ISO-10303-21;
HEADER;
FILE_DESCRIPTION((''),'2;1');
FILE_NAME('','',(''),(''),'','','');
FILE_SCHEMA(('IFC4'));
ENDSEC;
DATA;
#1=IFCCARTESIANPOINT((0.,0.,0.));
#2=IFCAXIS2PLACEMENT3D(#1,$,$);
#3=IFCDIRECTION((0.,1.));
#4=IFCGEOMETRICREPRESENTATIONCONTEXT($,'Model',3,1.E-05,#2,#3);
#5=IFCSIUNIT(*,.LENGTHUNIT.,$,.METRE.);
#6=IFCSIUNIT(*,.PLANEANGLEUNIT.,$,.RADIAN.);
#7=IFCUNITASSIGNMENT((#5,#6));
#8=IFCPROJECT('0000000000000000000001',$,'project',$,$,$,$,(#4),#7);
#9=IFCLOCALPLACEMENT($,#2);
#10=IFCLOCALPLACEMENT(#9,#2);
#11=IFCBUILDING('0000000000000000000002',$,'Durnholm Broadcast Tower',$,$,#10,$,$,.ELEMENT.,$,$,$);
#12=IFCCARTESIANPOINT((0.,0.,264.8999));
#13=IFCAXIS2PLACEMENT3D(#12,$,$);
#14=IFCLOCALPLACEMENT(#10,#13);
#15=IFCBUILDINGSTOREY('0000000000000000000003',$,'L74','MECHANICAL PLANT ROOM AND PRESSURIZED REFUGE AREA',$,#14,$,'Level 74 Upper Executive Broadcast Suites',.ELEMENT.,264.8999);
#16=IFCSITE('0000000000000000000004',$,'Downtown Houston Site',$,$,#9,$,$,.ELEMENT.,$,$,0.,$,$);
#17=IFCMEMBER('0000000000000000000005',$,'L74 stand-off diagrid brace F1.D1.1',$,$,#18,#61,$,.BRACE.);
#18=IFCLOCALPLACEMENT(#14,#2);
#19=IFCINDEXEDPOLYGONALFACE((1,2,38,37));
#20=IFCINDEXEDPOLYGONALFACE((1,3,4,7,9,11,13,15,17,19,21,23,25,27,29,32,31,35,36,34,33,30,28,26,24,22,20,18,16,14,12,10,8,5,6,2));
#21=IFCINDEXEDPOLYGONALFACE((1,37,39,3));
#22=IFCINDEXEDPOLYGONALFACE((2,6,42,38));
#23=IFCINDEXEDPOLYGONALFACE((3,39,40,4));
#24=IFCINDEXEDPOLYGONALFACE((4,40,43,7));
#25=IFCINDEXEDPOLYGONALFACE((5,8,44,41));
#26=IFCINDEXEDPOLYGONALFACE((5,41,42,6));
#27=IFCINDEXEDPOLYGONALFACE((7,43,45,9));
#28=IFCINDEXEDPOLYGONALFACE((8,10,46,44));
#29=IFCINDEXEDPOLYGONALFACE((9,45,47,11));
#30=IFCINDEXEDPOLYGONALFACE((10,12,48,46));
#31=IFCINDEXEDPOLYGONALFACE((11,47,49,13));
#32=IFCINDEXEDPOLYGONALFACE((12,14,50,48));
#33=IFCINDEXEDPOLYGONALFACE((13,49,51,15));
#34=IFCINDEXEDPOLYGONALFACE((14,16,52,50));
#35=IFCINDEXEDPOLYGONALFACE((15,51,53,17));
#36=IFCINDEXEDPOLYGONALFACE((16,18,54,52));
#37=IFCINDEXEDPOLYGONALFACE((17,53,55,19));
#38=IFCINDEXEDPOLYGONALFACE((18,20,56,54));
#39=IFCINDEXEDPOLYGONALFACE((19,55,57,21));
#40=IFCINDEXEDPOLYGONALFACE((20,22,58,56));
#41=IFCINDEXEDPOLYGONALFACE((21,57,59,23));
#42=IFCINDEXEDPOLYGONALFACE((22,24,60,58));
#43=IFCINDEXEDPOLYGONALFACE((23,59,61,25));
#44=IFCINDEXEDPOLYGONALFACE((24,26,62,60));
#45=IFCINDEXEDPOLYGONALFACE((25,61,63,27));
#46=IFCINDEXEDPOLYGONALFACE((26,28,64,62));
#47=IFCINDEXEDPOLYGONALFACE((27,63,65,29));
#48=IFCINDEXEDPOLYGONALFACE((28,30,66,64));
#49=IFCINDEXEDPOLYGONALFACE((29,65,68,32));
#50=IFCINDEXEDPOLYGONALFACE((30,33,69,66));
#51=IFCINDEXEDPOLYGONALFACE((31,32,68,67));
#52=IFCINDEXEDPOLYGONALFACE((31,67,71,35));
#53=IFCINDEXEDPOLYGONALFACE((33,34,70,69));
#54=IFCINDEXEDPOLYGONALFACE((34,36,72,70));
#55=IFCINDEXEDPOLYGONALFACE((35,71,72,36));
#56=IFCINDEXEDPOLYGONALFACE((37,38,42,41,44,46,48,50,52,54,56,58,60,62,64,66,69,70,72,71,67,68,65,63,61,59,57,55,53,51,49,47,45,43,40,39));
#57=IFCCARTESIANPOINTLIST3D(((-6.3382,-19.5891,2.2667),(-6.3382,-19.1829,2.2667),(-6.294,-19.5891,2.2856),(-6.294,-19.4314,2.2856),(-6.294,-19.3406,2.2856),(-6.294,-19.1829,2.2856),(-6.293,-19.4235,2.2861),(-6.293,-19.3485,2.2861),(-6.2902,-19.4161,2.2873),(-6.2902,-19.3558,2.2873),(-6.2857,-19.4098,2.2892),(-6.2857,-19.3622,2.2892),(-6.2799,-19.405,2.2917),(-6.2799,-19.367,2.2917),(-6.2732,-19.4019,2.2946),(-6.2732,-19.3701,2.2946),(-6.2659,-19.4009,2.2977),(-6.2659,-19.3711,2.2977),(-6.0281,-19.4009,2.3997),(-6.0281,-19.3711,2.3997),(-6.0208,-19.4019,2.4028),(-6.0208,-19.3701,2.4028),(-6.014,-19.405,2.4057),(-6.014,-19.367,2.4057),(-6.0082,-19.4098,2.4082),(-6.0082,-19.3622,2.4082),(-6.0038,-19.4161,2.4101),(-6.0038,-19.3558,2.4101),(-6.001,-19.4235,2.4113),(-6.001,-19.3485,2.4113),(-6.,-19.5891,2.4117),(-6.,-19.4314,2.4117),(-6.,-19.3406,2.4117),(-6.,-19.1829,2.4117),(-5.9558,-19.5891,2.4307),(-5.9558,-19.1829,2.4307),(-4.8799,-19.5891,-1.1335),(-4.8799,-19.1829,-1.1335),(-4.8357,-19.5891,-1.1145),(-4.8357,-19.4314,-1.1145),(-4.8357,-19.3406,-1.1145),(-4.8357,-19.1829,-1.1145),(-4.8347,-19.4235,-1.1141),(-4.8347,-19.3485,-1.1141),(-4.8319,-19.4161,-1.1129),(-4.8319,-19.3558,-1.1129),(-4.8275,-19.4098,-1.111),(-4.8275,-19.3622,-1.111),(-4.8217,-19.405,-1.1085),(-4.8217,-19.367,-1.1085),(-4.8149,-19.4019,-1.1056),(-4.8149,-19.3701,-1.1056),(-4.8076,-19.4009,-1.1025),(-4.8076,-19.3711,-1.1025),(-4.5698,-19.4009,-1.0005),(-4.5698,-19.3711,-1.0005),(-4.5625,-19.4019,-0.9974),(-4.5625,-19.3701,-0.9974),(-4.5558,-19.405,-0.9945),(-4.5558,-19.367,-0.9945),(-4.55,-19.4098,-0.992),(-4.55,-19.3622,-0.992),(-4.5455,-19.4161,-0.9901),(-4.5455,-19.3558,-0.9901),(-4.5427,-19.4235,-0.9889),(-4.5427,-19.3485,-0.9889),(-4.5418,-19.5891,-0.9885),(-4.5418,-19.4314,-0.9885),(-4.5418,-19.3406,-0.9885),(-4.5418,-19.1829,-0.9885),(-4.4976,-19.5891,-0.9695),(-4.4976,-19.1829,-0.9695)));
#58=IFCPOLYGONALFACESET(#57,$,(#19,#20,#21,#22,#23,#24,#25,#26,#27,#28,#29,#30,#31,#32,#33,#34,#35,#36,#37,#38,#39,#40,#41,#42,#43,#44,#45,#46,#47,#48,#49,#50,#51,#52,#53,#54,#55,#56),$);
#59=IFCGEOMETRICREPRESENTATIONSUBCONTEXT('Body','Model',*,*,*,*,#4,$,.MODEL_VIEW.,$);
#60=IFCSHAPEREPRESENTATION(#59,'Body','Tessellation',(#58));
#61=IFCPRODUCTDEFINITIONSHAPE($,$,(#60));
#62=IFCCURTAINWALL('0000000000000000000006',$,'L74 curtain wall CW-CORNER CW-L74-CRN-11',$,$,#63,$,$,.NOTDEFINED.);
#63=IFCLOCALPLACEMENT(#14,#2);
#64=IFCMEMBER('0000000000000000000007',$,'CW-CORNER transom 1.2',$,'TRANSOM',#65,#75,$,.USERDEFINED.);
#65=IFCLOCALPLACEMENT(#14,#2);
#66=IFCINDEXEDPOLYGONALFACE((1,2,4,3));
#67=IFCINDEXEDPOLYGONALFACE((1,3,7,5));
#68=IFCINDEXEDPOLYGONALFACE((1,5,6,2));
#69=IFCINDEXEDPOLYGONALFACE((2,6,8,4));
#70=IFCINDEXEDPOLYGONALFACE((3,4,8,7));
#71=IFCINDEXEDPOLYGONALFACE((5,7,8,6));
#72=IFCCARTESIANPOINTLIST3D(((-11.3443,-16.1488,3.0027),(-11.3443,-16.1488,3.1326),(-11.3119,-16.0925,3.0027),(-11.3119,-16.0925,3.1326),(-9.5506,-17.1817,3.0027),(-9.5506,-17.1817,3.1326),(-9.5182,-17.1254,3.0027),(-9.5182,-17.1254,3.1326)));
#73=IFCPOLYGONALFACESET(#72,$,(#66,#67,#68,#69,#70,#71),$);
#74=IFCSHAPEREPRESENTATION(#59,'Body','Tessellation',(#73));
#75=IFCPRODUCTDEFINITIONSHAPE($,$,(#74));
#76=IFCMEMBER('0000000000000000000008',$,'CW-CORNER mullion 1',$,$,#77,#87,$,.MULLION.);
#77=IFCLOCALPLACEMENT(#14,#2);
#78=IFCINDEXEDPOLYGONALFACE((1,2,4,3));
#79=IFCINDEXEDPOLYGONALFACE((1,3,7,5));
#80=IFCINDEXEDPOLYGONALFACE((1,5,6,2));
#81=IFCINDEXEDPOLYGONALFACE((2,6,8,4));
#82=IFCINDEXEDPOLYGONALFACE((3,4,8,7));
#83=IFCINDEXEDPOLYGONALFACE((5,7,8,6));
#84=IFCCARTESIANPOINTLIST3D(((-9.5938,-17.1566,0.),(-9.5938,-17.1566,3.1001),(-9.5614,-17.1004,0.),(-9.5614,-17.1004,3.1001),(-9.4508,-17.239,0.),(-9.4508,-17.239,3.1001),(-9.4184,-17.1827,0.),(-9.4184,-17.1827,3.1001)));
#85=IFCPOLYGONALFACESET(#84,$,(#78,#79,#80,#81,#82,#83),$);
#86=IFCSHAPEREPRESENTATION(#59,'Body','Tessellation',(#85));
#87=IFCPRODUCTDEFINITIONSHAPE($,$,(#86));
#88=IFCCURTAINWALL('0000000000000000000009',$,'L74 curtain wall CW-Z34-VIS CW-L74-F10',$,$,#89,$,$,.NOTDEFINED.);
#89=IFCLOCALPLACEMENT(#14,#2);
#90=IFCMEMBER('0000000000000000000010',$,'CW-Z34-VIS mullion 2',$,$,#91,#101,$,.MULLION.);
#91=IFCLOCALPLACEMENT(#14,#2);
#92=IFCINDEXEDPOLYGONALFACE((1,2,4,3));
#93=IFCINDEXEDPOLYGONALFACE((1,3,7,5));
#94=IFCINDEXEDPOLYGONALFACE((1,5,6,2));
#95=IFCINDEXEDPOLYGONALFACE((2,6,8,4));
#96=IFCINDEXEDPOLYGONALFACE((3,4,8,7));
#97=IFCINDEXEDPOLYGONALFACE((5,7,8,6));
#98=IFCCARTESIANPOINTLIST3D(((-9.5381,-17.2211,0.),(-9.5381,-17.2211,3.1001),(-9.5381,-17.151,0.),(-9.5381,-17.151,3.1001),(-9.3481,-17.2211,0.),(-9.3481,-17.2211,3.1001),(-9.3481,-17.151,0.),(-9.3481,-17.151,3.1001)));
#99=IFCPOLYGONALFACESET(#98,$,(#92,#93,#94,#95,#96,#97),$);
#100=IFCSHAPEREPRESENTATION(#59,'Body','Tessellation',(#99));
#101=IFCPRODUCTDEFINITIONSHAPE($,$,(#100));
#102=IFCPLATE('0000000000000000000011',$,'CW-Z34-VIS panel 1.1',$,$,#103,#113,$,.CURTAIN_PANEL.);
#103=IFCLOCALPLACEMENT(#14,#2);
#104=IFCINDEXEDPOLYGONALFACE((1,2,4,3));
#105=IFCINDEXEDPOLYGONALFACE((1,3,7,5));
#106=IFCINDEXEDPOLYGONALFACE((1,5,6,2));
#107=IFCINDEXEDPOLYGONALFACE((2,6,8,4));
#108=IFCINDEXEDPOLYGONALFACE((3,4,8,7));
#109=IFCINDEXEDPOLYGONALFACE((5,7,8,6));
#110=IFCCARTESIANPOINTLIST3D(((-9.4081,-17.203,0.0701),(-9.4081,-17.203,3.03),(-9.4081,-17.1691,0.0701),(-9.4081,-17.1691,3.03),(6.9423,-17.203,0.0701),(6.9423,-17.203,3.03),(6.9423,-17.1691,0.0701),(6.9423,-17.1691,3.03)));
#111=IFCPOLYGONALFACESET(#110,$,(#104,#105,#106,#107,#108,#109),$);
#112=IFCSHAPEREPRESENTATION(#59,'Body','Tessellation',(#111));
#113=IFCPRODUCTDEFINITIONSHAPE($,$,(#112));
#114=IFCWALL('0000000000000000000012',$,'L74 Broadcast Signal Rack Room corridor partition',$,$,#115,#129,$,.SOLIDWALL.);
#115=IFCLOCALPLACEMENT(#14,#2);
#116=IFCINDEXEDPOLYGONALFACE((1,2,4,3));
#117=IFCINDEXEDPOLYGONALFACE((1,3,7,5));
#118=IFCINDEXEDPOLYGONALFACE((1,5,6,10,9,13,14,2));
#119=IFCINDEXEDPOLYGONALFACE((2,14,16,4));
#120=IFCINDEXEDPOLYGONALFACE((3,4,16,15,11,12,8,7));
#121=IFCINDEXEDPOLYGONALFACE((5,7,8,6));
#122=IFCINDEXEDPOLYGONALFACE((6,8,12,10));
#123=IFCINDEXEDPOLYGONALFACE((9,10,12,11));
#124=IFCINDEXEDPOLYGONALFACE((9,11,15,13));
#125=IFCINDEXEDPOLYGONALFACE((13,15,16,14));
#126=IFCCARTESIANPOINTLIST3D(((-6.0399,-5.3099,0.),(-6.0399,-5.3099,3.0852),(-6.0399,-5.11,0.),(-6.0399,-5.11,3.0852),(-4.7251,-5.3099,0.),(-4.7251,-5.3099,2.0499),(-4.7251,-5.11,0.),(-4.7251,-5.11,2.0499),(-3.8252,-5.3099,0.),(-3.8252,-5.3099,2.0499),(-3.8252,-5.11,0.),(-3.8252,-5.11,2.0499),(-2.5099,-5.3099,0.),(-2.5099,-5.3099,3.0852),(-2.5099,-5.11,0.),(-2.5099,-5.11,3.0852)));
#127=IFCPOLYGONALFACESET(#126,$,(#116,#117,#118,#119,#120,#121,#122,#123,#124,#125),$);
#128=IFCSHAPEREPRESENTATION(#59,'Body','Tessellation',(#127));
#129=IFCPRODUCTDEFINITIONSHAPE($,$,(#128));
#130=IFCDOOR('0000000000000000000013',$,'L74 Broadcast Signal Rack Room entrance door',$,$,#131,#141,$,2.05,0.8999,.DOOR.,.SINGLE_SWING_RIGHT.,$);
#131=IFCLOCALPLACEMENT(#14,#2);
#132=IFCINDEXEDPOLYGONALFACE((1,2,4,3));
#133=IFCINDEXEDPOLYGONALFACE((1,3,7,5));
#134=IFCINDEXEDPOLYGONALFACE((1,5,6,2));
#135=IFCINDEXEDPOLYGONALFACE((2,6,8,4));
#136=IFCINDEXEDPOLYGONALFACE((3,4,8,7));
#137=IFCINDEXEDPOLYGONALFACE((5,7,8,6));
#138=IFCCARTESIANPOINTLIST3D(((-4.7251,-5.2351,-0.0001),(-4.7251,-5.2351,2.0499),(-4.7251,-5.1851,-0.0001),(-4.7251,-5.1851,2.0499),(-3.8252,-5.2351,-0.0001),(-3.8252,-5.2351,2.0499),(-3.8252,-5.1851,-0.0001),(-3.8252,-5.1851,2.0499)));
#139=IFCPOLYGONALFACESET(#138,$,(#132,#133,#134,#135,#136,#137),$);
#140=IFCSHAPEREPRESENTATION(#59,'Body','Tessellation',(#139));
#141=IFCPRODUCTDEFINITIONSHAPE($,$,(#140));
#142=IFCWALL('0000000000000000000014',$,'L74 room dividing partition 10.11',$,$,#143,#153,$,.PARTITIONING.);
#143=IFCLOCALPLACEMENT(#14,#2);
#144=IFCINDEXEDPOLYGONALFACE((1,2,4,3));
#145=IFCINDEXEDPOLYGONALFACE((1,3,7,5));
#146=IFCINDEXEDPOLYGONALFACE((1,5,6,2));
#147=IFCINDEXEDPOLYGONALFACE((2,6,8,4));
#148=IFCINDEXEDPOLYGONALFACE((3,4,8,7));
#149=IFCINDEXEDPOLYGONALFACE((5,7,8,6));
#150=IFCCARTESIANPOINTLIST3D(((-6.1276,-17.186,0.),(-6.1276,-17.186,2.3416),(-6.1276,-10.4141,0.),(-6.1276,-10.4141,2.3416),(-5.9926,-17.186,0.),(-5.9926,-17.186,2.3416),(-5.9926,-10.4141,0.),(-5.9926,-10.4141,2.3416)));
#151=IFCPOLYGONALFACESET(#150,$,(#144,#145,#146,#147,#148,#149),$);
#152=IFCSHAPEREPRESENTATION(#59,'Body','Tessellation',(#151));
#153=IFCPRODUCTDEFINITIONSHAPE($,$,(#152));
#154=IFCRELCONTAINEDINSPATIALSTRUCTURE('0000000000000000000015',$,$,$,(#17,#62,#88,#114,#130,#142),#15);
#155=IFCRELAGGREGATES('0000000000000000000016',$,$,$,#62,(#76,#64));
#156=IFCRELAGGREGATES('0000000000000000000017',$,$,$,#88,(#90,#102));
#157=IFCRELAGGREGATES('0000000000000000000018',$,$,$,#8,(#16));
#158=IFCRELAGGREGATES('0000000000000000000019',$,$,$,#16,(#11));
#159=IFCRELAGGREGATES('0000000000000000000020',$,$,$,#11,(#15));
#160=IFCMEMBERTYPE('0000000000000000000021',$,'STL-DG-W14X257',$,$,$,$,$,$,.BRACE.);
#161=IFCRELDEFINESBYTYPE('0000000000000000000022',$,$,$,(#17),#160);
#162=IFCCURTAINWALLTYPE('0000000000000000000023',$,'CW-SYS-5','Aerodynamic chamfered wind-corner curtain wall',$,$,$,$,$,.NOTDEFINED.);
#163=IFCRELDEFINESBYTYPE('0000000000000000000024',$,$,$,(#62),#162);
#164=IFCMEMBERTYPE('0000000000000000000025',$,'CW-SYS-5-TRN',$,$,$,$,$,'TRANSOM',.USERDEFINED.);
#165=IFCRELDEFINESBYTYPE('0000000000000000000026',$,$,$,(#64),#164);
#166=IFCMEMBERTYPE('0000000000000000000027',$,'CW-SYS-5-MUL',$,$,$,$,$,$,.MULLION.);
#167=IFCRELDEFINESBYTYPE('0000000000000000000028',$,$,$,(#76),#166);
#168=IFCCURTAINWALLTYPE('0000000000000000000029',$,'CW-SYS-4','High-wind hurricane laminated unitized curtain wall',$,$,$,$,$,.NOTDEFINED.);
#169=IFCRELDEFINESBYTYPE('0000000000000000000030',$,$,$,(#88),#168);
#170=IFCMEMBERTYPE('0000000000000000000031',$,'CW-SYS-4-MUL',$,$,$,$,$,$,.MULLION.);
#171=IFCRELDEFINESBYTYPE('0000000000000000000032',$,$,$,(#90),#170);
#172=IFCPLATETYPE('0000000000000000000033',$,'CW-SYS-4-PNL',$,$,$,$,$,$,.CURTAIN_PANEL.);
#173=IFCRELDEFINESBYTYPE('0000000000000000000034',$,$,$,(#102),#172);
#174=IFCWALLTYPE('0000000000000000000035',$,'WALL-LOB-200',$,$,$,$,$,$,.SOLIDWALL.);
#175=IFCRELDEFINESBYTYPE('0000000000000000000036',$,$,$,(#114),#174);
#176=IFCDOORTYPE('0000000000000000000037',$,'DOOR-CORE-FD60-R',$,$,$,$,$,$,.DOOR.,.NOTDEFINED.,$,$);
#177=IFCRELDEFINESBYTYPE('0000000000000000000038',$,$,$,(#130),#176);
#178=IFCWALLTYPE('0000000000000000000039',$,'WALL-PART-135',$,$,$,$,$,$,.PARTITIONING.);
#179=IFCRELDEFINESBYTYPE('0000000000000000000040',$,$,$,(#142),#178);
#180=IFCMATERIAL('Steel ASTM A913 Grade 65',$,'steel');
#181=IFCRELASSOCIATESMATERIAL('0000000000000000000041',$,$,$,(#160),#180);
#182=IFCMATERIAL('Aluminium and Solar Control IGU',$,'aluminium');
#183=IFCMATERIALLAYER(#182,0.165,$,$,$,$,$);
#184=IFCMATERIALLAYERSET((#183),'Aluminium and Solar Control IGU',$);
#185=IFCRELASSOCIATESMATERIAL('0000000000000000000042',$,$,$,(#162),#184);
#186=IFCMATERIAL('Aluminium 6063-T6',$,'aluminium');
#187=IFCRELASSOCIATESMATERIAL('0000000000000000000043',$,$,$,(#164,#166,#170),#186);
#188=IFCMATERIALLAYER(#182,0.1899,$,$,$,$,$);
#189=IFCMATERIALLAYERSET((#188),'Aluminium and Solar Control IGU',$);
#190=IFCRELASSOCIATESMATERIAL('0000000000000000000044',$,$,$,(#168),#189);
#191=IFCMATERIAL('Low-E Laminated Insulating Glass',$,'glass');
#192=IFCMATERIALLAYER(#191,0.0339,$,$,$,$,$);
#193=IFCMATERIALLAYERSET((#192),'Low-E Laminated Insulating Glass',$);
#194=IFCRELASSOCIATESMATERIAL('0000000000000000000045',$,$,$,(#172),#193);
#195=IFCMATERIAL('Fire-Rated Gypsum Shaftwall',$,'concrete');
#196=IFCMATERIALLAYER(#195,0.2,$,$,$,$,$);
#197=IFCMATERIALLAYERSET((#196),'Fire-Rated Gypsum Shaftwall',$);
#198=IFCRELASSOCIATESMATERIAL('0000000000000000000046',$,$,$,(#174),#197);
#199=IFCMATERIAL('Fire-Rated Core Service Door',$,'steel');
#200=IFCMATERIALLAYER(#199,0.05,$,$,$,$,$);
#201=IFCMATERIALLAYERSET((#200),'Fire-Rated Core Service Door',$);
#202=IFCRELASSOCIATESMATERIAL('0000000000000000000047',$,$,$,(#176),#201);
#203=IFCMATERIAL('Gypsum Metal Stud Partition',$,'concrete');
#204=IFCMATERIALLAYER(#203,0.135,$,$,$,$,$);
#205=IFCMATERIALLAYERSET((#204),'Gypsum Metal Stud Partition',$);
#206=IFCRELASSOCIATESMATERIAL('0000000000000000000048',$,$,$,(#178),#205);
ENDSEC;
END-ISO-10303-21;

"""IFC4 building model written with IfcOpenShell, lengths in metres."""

from ifc_helpers import new_model, si_unit, direction, frame, frame_2d, origin, origin_2d, place, context, subcontext, project, spatial, rectangle, i_section, extrude, source, transform, mapped, material, layer, layer_set, material_profile, profile_set, type_object, type_shapes, element, fill, aggregate, save


model = new_model("IFC4")

# Units and contexts
model_context = context("Model", 3, precision=1e-05, world=origin(), true_north=direction((0.0, 1.0)))
body_context = subcontext(model_context, "Body", "Model", "MODEL_VIEW")
ifc_project = project(units=[si_unit("LENGTHUNIT", "METRE"), si_unit("PLANEANGLEUNIT", "RADIAN")], contexts=[model_context])

# Site, building, storey
site_placement = place(None, origin())
site = spatial("IfcSite", under=ifc_project, at=site_placement, Name="Downtown Houston Site", CompositionType="ELEMENT", RefElevation=0.0)
building_placement = place(site_placement, origin())
building = spatial("IfcBuilding", under=site, at=building_placement, Name="Durnholm Broadcast Tower", CompositionType="ELEMENT")
storey_placement = place(building_placement, frame((0.0, 0.0, 264.8999)))
storey = spatial("IfcBuildingStorey", under=building, at=storey_placement, Name="L74", Description="MECHANICAL PLANT ROOM AND PRESSURIZED REFUGE AREA", LongName="Level 74 Upper Executive Broadcast Suites", CompositionType="ELEMENT", Elevation=264.8999)

# Member
ifc_material_1 = material(Name="Steel ASTM A913 Grade 65", Category="steel")
ifc_material_profile_1 = material_profile(ifc_material_1, i_section(OverallWidth=0.4062, OverallDepth=0.416, WebThickness=0.0298, FlangeThickness=0.0481, FilletRadius=0.0305, at=origin_2d()), Name="W14X257")
ifc_profile_set_1 = profile_set([ifc_material_profile_1], Name="Steel ASTM A913 Grade 65")
member_type_1 = type_object("IfcMemberType", Name="STL-DG-W14X257", PredefinedType="BRACE", material=ifc_profile_set_1)
shared_shape_1 = source(origin(), body_context, "Body", "SweptSolid", [
    extrude(i_section(OverallWidth=0.4062, OverallDepth=0.416, WebThickness=0.0298, FlangeThickness=0.0481, FilletRadius=0.0305, at=origin_2d()), origin(), (0.0, 0.0, 1.0), 3.6997),
])
member_1_placement = place(storey_placement, frame((-4.6887, -19.386, -1.0515), z_axis=(-0.394158, 0.0, 0.919043), x_axis=(0.0, -1.0, 0.0)))
element("IfcMember", 1, at=member_1_placement, inside=storey, type_object=member_type_1, Name="L74 stand-off diagrid brace F1.D1.1", PredefinedType="BRACE", context=body_context, shape_type="MappedRepresentation", body=[
    mapped(shared_shape_1, transform((0.0, 0.0, 0.0), x_axis=(1.0, 0.0, 0.0), y_axis=(0.0, 1.0, 0.0), z_axis=(0.0, 0.0, 1.0), scale=1.0)),
])

# Curtain wall, members
ifc_material_2 = material(Name="Aluminium and Solar Control IGU", Category="aluminium")
ifc_layer_1 = layer(ifc_material_2, 0.165)
ifc_layer_set_1 = layer_set([ifc_layer_1], Name="Aluminium and Solar Control IGU")
curtain_wall_type_1 = type_object("IfcCurtainWallType", Name="CW-SYS-5", Description="Aerodynamic chamfered wind-corner curtain wall", PredefinedType="NOTDEFINED", material=ifc_layer_set_1)
curtain_wall_1_placement = place(storey_placement, origin())
curtain_wall_1 = element("IfcCurtainWall", 2, at=curtain_wall_1_placement, inside=storey, type_object=curtain_wall_type_1, Name="L74 curtain wall CW-CORNER CW-L74-CRN-11", PredefinedType="NOTDEFINED")
ifc_material_3 = material(Name="Aluminium 6063-T6", Category="aluminium")
ifc_material_profile_2 = material_profile(ifc_material_3, rectangle(XDim=0.0649, YDim=0.1299, at=origin_2d()), Name="CWT65X130")
ifc_profile_set_2 = profile_set([ifc_material_profile_2], Name="Aluminium 6063-T6")
member_type_2 = type_object("IfcMemberType", Name="CW-SYS-5-TRN", ElementType="TRANSOM", PredefinedType="USERDEFINED", material=ifc_profile_set_2)
shared_shape_2 = source(origin(), body_context, "Body", "SweptSolid", [
    extrude(rectangle(XDim=0.0649, YDim=0.1299, at=origin_2d()), origin(), (0.0, 0.0, 1.0), 2.0698),
])
type_shapes(member_type_2, [shared_shape_2])
member_2_placement = place(storey_placement, frame((-9.5344, -17.1536, 3.0676), z_axis=(-0.866576, 0.499045, 0.0), x_axis=(-0.499045, -0.866576, 0.0)))
member_2 = element("IfcMember", 3, at=member_2_placement, type_object=member_type_2, Name="CW-CORNER transom 1.2", ObjectType="TRANSOM", PredefinedType="USERDEFINED", context=body_context, shape_type="MappedRepresentation", body=[
    mapped(shared_shape_2, transform((0.0, 0.0, 0.0), x_axis=(1.0, 0.0, 0.0), y_axis=(0.0, 1.0, 0.0), z_axis=(0.0, 0.0, 1.0), scale=1.0)),
])
ifc_material_profile_3 = material_profile(ifc_material_3, rectangle(XDim=0.0649, YDim=0.165, at=origin_2d()), Name="CWM65X165")
ifc_profile_set_3 = profile_set([ifc_material_profile_3], Name="Aluminium 6063-T6")
member_type_3 = type_object("IfcMemberType", Name="CW-SYS-5-MUL", PredefinedType="MULLION", material=ifc_profile_set_3)
shared_shape_3 = source(origin(), body_context, "Body", "SweptSolid", [
    extrude(rectangle(XDim=0.0649, YDim=0.165, at=origin_2d()), origin(), (0.0, 0.0, 1.0), 3.1001),
])
type_shapes(member_type_3, [shared_shape_3])
member_3_placement = place(storey_placement, frame((-9.5061, -17.1697, 0.0), z_axis=(0.0, 0.0, 1.0), x_axis=(-0.499059, -0.866568, 0.0)))
member_3 = element("IfcMember", 4, at=member_3_placement, type_object=member_type_3, Name="CW-CORNER mullion 1", PredefinedType="MULLION", context=body_context, shape_type="MappedRepresentation", body=[
    mapped(shared_shape_3, transform((0.0, 0.0, 0.0), x_axis=(1.0, 0.0, 0.0), y_axis=(0.0, 1.0, 0.0), z_axis=(0.0, 0.0, 1.0), scale=1.0)),
])
aggregate(curtain_wall_1, [member_3, member_2])

# Curtain wall, member, plate
ifc_layer_2 = layer(ifc_material_2, 0.1899)
ifc_layer_set_2 = layer_set([ifc_layer_2], Name="Aluminium and Solar Control IGU")
curtain_wall_type_2 = type_object("IfcCurtainWallType", Name="CW-SYS-4", Description="High-wind hurricane laminated unitized curtain wall", PredefinedType="NOTDEFINED", material=ifc_layer_set_2)
curtain_wall_2_placement = place(storey_placement, origin())
curtain_wall_2 = element("IfcCurtainWall", 5, at=curtain_wall_2_placement, inside=storey, type_object=curtain_wall_type_2, Name="L74 curtain wall CW-Z34-VIS CW-L74-F10", PredefinedType="NOTDEFINED")
ifc_material_profile_4 = material_profile(ifc_material_3, rectangle(XDim=0.0701, YDim=0.1899, at=origin_2d()), Name="CWM70X190")
ifc_profile_set_4 = profile_set([ifc_material_profile_4], Name="Aluminium 6063-T6")
member_type_4 = type_object("IfcMemberType", Name="CW-SYS-4-MUL", PredefinedType="MULLION", material=ifc_profile_set_4)
shared_shape_4 = source(origin(), body_context, "Body", "SweptSolid", [
    extrude(rectangle(XDim=0.0701, YDim=0.1899, at=origin_2d()), origin(), (0.0, 0.0, 1.0), 3.1001),
])
type_shapes(member_type_4, [shared_shape_4])
member_4_placement = place(storey_placement, frame((-9.4431, -17.186, 0.0), z_axis=(0.0, 0.0, 1.0), x_axis=(0.0, -1.0, 0.0)))
member_4 = element("IfcMember", 6, at=member_4_placement, type_object=member_type_4, Name="CW-Z34-VIS mullion 2", PredefinedType="MULLION", context=body_context, shape_type="MappedRepresentation", body=[
    mapped(shared_shape_4, transform((0.0, 0.0, 0.0), x_axis=(1.0, 0.0, 0.0), y_axis=(0.0, 1.0, 0.0), z_axis=(0.0, 0.0, 1.0), scale=1.0)),
])
ifc_material_4 = material(Name="Low-E Laminated Insulating Glass", Category="glass")
ifc_layer_3 = layer(ifc_material_4, 0.0339)
ifc_layer_set_3 = layer_set([ifc_layer_3], Name="Low-E Laminated Insulating Glass")
plate_type = type_object("IfcPlateType", Name="CW-SYS-4-PNL", PredefinedType="CURTAIN_PANEL", material=ifc_layer_set_3)
shared_shape_5 = source(origin(), body_context, "Body", "SweptSolid", [
    extrude(rectangle(XDim=16.3503, YDim=0.0339, at=origin_2d()), origin(), (0.0, 0.0, 1.0), 2.96),
])
type_shapes(plate_type, [shared_shape_5])
plate_placement = place(storey_placement, frame((-1.2329, -17.186, 0.0701), z_axis=(0.0, 0.0, 1.0), x_axis=(-1.0, 0.0, 0.0)))
plate = element("IfcPlate", 7, at=plate_placement, type_object=plate_type, Name="CW-Z34-VIS panel 1.1", PredefinedType="CURTAIN_PANEL", context=body_context, shape_type="MappedRepresentation", body=[
    mapped(shared_shape_5, transform((0.0, 0.0, 0.0), x_axis=(1.0, 0.0, 0.0), y_axis=(0.0, 1.0, 0.0), z_axis=(0.0, 0.0, 1.0), scale=1.0)),
])
aggregate(curtain_wall_2, [member_4, plate])

# Wall, opening, door
ifc_material_5 = material(Name="Fire-Rated Gypsum Shaftwall", Category="concrete")
ifc_layer_4 = layer(ifc_material_5, 0.2)
ifc_layer_set_4 = layer_set([ifc_layer_4], Name="Fire-Rated Gypsum Shaftwall")
wall_type_1 = type_object("IfcWallType", Name="WALL-LOB-200", PredefinedType="SOLIDWALL", material=ifc_layer_set_4)
wall_1_placement = place(storey_placement, frame((-6.04, -5.21, 0.0), z_axis=(0.0, 0.0, 1.0), x_axis=(1.0, 0.0, 0.0)))
wall_1 = element("IfcWall", 8, at=wall_1_placement, inside=storey, type_object=wall_type_1, Name="L74 Broadcast Signal Rack Room corridor partition", PredefinedType="SOLIDWALL", context=body_context, shape_type="SweptSolid", body=[
    extrude(rectangle(XDim=3.53, YDim=0.2, at=frame_2d((1.7651, 0.0))), origin(), (0.0, 0.0, 1.0), 3.0852),
])
opening_1_placement = place(wall_1_placement, frame((1.3149, 0.0, 0.0)))
opening_1 = element("IfcOpeningElement", 9, at=opening_1_placement, cuts=wall_1, PredefinedType="OPENING", context=body_context, shape_type="SweptSolid", body=[
    extrude(rectangle(XDim=0.8999, YDim=2.05, at=frame_2d((0.45, 1.0249))), frame((0.0, 0.1099, 0.0), z_axis=(0.0, -1.0, 0.0), x_axis=(1.0, 0.0, 0.0)), (0.0, 0.0, 1.0), 0.22),
])
ifc_material_6 = material(Name="Fire-Rated Core Service Door", Category="steel")
ifc_layer_5 = layer(ifc_material_6, 0.05)
ifc_layer_set_5 = layer_set([ifc_layer_5], Name="Fire-Rated Core Service Door")
door_type_1 = type_object("IfcDoorType", Name="DOOR-CORE-FD60-R", OperationType="NOTDEFINED", PredefinedType="DOOR", material=ifc_layer_set_5)
shared_shape_6 = source(origin(), body_context, "Body", "SweptSolid", [
    extrude(rectangle(XDim=0.8999, YDim=2.05, at=frame_2d((0.45, 1.0249))), frame((0.0, 0.0249, 0.0), z_axis=(0.0, -1.0, 0.0), x_axis=(1.0, 0.0, 0.0)), (0.0, 0.0, 1.0), 0.05),
])
type_shapes(door_type_1, [shared_shape_6])
door_1_placement = place(opening_1_placement, origin())
door_1 = element("IfcDoor", 10, at=door_1_placement, inside=storey, type_object=door_type_1, Name="L74 Broadcast Signal Rack Room entrance door", OperationType="SINGLE_SWING_RIGHT", OverallHeight=2.05, OverallWidth=0.8999, PredefinedType="DOOR", context=body_context, shape_type="MappedRepresentation", body=[
    mapped(shared_shape_6, transform((0.0, 0.0, 0.0), x_axis=(1.0, 0.0, 0.0), y_axis=(0.0, 1.0, 0.0), z_axis=(0.0, 0.0, 1.0), scale=1.0)),
])
fill(opening_1, door_1)

# Wall
ifc_material_7 = material(Name="Gypsum Metal Stud Partition", Category="concrete")
ifc_layer_6 = layer(ifc_material_7, 0.135)
ifc_layer_set_6 = layer_set([ifc_layer_6], Name="Gypsum Metal Stud Partition")
wall_type_2 = type_object("IfcWallType", Name="WALL-PART-135", PredefinedType="PARTITIONING", material=ifc_layer_set_6)
wall_2_placement = place(storey_placement, frame((-6.0601, -10.4141, 0.0), z_axis=(0.0, 0.0, 1.0), x_axis=(0.0, -1.0, 0.0)))
element("IfcWall", 11, at=wall_2_placement, inside=storey, type_object=wall_type_2, Name="L74 room dividing partition 10.11", PredefinedType="PARTITIONING", context=body_context, shape_type="SweptSolid", body=[
    extrude(rectangle(XDim=6.772, YDim=0.135, at=frame_2d((3.386, 0.0))), origin(), (0.0, 0.0, 1.0), 2.3416),
])

save(model, "model.ifc")
